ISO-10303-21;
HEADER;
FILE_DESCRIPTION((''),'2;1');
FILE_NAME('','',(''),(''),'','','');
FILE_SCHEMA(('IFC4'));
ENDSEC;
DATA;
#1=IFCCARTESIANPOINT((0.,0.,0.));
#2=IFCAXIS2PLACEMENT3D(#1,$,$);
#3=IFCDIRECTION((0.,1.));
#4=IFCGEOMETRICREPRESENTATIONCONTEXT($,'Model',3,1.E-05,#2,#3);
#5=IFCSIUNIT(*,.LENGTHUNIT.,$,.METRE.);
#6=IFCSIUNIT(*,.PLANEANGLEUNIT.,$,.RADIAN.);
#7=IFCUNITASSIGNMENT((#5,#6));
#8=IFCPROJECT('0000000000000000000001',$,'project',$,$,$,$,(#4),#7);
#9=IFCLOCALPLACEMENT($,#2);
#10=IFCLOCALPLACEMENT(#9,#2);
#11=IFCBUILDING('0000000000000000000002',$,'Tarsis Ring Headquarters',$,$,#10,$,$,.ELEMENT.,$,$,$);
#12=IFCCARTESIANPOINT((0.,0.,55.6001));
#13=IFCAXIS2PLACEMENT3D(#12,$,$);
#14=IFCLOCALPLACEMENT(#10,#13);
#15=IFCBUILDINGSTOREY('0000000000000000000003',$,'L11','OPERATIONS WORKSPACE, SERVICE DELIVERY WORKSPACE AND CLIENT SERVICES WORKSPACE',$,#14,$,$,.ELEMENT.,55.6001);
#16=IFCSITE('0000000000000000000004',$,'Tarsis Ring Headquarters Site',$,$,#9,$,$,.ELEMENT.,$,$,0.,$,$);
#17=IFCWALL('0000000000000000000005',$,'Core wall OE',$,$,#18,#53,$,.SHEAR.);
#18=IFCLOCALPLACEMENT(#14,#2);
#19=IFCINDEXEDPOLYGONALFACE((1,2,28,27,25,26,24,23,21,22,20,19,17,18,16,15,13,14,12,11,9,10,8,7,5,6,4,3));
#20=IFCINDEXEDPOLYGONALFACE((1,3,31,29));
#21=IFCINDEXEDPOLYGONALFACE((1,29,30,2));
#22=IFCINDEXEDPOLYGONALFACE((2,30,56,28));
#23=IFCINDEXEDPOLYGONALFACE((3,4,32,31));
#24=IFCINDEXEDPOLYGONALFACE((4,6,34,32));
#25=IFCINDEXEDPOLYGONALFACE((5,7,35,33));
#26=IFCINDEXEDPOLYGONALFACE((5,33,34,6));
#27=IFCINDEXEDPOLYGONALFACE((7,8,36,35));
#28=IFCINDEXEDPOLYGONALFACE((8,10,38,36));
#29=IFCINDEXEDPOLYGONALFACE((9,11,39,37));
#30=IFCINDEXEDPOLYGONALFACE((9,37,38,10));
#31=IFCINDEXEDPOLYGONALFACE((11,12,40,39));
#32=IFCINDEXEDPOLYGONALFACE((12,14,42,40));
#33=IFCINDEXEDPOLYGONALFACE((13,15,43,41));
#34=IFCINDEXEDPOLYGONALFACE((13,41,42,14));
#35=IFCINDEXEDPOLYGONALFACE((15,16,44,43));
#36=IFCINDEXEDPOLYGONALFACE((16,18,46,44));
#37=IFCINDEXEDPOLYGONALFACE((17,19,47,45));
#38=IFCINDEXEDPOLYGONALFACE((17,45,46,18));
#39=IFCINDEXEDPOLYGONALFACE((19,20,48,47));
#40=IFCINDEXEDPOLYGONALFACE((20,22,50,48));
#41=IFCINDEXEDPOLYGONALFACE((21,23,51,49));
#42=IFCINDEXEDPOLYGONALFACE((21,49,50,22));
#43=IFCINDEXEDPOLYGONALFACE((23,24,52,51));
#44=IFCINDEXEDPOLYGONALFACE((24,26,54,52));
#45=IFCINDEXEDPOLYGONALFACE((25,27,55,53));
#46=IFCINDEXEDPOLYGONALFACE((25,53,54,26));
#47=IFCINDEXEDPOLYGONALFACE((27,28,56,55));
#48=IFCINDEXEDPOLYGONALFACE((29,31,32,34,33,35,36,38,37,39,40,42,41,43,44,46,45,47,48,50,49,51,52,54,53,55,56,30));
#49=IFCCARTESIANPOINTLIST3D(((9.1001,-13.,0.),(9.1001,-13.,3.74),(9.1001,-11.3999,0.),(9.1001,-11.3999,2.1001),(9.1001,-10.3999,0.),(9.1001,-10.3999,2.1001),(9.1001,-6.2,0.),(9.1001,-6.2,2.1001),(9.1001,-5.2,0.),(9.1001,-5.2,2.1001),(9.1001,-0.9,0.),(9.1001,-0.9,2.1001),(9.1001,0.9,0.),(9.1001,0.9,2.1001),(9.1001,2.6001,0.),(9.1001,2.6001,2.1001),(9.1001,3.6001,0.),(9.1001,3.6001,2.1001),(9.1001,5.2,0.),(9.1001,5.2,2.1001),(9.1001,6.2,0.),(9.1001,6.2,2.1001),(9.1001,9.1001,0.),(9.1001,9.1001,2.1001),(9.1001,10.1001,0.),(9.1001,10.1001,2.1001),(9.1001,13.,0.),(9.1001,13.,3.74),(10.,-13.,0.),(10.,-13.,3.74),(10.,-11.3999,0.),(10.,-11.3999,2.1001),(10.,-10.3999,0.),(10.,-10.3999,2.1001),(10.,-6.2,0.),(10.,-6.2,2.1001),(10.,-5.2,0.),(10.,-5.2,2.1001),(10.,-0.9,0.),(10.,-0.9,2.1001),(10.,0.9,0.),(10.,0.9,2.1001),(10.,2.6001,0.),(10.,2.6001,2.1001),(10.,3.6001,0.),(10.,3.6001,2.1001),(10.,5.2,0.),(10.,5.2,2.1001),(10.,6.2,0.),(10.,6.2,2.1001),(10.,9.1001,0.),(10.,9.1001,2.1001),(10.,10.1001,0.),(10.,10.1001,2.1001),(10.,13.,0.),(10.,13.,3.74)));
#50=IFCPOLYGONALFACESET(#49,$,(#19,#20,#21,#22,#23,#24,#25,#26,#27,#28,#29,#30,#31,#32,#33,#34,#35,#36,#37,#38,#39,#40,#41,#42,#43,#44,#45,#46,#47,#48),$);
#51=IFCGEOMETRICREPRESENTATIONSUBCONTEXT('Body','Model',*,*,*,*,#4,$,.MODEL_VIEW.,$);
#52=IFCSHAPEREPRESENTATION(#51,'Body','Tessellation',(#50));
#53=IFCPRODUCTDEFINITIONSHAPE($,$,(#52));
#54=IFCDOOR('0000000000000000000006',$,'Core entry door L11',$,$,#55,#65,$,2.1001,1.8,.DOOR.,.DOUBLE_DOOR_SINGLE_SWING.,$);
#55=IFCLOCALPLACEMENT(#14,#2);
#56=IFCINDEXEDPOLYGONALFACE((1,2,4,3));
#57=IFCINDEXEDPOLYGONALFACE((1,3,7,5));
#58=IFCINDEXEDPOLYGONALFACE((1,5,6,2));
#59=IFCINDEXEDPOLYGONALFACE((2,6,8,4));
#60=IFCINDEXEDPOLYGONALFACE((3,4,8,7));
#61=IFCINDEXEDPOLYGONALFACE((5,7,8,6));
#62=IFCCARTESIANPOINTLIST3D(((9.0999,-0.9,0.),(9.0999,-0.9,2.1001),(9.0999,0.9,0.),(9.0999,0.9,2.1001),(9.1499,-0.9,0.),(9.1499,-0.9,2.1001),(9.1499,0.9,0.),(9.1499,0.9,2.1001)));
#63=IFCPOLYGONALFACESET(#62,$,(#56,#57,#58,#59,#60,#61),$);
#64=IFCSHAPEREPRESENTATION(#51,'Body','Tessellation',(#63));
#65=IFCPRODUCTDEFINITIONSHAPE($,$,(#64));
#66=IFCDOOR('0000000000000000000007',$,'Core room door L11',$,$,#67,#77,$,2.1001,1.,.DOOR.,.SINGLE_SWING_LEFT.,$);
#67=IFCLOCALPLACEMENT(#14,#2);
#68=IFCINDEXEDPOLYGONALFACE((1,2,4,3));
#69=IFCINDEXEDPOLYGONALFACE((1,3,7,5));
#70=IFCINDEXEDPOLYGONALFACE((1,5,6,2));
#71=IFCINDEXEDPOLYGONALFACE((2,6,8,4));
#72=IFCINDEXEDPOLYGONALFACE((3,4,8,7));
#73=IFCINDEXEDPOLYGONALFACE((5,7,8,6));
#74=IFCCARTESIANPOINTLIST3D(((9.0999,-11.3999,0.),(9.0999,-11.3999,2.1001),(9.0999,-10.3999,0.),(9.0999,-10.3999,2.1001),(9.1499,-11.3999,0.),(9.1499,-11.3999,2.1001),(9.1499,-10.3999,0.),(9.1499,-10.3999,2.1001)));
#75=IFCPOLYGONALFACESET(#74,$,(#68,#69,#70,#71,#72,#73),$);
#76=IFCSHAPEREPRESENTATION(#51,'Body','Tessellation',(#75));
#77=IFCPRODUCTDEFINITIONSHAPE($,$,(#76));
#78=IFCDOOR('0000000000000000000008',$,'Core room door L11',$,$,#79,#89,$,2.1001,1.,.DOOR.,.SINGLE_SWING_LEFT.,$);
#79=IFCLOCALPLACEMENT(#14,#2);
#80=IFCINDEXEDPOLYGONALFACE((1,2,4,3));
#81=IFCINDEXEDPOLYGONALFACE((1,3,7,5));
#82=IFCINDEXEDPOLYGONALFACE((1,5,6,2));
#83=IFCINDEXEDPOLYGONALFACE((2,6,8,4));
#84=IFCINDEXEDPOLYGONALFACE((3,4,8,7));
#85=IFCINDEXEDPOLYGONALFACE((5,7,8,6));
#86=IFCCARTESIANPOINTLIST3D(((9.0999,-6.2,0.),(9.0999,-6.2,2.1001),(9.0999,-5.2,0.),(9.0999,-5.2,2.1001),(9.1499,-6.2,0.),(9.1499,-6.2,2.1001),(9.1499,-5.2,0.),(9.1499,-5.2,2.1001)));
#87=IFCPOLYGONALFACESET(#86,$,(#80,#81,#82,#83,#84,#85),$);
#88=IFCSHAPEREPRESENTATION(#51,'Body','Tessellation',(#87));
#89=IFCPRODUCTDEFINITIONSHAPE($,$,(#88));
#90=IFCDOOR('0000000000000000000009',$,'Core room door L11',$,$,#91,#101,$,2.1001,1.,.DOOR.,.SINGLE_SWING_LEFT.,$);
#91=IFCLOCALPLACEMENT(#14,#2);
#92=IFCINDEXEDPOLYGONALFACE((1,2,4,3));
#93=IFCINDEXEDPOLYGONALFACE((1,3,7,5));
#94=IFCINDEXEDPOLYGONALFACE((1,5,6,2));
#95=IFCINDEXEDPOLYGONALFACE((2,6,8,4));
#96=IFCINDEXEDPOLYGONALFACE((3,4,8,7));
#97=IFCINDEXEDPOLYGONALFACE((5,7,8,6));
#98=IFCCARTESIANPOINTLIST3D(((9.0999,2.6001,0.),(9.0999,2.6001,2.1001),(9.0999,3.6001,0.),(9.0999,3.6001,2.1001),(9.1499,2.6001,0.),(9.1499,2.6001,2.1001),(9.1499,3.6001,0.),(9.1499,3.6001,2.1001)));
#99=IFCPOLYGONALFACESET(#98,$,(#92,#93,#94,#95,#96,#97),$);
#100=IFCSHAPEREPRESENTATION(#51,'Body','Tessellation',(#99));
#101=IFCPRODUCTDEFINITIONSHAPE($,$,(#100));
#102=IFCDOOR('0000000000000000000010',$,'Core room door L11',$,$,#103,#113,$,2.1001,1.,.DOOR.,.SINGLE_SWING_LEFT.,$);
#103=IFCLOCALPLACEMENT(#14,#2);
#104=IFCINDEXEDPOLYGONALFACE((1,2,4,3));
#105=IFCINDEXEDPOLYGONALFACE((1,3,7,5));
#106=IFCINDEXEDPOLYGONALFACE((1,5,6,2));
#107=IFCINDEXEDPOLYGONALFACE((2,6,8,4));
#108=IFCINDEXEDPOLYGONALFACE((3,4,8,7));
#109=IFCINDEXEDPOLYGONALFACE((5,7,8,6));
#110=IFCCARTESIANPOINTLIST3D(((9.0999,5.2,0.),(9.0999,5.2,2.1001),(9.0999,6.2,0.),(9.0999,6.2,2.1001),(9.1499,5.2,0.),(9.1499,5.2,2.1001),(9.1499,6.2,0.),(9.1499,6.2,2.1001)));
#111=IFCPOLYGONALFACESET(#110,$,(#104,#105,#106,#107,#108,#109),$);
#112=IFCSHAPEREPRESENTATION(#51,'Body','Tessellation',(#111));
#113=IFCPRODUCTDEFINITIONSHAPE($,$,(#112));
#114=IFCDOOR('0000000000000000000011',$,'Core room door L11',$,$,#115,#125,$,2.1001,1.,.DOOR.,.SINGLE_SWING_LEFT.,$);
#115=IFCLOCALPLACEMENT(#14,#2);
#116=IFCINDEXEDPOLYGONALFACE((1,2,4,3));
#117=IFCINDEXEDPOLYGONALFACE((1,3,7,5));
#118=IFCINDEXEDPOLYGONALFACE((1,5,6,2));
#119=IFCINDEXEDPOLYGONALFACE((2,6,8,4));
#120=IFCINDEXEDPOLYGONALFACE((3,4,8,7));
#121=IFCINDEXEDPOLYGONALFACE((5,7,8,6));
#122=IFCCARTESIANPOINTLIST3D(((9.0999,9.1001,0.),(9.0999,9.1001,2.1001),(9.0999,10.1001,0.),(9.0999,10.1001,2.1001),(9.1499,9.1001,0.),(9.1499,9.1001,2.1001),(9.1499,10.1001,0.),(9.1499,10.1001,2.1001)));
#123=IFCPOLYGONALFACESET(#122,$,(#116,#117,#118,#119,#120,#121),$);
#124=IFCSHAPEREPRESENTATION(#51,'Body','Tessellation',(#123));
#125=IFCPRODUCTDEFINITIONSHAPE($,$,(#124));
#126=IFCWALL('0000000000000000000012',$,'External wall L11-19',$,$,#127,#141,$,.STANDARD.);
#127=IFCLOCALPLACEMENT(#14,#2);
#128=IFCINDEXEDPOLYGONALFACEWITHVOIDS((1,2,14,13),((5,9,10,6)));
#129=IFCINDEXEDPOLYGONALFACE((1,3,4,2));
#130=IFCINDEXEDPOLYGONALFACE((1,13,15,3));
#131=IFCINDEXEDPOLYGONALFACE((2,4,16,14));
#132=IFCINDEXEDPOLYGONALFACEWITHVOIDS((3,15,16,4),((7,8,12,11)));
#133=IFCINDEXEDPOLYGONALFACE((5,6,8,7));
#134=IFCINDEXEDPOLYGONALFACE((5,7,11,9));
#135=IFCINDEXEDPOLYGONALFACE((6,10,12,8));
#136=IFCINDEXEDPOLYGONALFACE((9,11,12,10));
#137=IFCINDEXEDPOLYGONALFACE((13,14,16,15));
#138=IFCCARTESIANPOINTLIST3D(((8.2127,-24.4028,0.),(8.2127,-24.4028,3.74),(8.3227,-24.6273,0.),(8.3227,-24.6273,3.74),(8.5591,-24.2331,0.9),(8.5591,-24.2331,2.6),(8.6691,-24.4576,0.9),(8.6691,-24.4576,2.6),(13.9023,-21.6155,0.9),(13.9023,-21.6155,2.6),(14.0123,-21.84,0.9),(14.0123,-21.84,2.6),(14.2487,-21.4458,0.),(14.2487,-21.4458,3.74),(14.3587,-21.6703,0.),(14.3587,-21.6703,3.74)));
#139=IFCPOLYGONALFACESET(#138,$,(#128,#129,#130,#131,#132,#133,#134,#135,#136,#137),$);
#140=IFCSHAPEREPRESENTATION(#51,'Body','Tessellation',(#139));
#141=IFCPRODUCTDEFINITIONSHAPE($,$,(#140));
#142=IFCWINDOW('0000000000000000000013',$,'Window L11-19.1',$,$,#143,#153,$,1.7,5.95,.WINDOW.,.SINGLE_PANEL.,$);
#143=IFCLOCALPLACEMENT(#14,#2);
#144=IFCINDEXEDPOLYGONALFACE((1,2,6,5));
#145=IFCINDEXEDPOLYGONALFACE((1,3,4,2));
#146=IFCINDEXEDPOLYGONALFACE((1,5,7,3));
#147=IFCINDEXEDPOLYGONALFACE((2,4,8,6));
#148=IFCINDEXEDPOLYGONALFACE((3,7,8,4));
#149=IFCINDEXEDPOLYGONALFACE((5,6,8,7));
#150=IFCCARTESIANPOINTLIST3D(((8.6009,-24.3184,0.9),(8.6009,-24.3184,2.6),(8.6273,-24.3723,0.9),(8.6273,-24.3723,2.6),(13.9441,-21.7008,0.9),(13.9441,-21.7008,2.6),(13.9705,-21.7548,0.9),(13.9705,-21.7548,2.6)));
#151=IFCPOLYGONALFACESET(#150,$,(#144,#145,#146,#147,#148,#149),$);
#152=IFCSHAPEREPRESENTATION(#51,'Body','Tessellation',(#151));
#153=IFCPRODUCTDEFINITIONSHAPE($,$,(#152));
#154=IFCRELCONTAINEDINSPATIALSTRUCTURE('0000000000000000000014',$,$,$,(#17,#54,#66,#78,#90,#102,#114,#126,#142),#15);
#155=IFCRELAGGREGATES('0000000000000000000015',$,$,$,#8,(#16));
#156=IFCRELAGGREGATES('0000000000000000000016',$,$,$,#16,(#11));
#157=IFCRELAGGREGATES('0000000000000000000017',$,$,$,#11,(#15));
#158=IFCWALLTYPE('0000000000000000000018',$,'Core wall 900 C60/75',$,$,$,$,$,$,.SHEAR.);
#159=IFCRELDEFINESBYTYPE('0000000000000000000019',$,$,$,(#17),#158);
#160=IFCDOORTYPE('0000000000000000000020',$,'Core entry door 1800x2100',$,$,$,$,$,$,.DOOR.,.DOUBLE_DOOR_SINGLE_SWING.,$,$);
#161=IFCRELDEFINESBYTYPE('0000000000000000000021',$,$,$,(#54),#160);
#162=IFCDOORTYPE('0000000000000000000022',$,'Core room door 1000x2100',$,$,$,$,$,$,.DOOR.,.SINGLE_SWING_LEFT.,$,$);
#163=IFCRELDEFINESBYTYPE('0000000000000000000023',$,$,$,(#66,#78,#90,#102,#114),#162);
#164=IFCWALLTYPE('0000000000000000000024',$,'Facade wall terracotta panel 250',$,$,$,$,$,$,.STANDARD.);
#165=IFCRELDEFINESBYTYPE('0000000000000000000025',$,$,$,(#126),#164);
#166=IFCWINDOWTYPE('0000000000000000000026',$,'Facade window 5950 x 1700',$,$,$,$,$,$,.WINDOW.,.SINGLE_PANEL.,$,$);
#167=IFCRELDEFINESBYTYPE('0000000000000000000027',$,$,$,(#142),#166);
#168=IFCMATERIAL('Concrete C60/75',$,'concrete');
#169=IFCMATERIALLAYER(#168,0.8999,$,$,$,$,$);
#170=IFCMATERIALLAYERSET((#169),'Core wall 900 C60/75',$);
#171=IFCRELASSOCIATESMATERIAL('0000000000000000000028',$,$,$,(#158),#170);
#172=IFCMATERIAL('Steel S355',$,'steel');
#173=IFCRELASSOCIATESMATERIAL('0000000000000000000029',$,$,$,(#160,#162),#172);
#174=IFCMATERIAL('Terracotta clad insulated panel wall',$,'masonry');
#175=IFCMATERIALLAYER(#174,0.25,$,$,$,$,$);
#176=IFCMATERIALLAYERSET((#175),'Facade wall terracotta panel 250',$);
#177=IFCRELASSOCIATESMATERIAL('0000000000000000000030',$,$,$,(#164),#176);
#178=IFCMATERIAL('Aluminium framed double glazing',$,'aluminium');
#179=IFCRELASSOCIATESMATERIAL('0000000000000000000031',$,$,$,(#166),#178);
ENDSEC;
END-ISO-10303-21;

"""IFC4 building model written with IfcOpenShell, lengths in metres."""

from ifc_helpers import new_model, si_unit, direction, frame, frame_2d, origin, place, context, subcontext, project, spatial, rectangle, extrude, material, layer, layer_set, type_object, element, fill, save


model = new_model("IFC4")

# Units and contexts
model_context = context("Model", 3, precision=1e-05, world=origin(), true_north=direction((0.0, 1.0)))
body_context = subcontext(model_context, "Body", "Model", "MODEL_VIEW")
ifc_project = project(units=[si_unit("LENGTHUNIT", "METRE"), si_unit("PLANEANGLEUNIT", "RADIAN")], contexts=[model_context])

# Site, building, storey
site_placement = place(None, origin())
site = spatial("IfcSite", under=ifc_project, at=site_placement, Name="Tarsis Ring Headquarters Site", CompositionType="ELEMENT", RefElevation=0.0)
building_placement = place(site_placement, origin())
building = spatial("IfcBuilding", under=site, at=building_placement, Name="Tarsis Ring Headquarters", CompositionType="ELEMENT")
storey_placement = place(building_placement, frame((0.0, 0.0, 55.6001)))
storey = spatial("IfcBuildingStorey", under=building, at=storey_placement, Name="L11", Description="OPERATIONS WORKSPACE, SERVICE DELIVERY WORKSPACE AND CLIENT SERVICES WORKSPACE", CompositionType="ELEMENT", Elevation=55.6001)

# Wall, openings, doors
ifc_material_1 = material(Name="Concrete C60/75", Category="concrete")
ifc_layer_1 = layer(ifc_material_1, 0.8999)
ifc_layer_set_1 = layer_set([ifc_layer_1], Name="Core wall 900 C60/75")
wall_type_1 = type_object("IfcWallType", Name="Core wall 900 C60/75", PredefinedType="SHEAR", material=ifc_layer_set_1)
wall_1_placement = place(storey_placement, frame((9.55, -13.0, 0.0), z_axis=(0.0, 0.0, 1.0), x_axis=(0.0, 1.0, 0.0)))
wall_1 = element("IfcWall", 1, at=wall_1_placement, inside=storey, type_object=wall_type_1, Name="Core wall OE", PredefinedType="SHEAR", context=body_context, shape_type="SweptSolid", body=[
    extrude(rectangle(XDim=26.0, YDim=0.8999, at=frame_2d((13.0, 0.0))), origin(), (0.0, 0.0, 1.0), 3.74),
])
opening_1_placement = place(wall_1_placement, frame((1.6001, 0.0, 0.0)))
opening_1 = element("IfcOpeningElement", 2, at=opening_1_placement, cuts=wall_1, PredefinedType="OPENING", context=body_context, shape_type="SweptSolid", body=[
    extrude(rectangle(XDim=1.0, YDim=2.1001, at=frame_2d((0.5, 1.05))), frame((0.0, 0.46, 0.0), z_axis=(0.0, -1.0, 0.0), x_axis=(1.0, 0.0, 0.0)), (0.0, 0.0, 1.0), 0.9199),
])
opening_2_placement = place(wall_1_placement, frame((6.8, 0.0, 0.0)))
opening_2 = element("IfcOpeningElement", 3, at=opening_2_placement, cuts=wall_1, PredefinedType="OPENING", context=body_context, shape_type="SweptSolid", body=[
    extrude(rectangle(XDim=1.0, YDim=2.1001, at=frame_2d((0.5, 1.05))), frame((0.0, 0.46, 0.0), z_axis=(0.0, -1.0, 0.0), x_axis=(1.0, 0.0, 0.0)), (0.0, 0.0, 1.0), 0.9199),
])
opening_3_placement = place(wall_1_placement, frame((12.1001, 0.0, 0.0)))
opening_3 = element("IfcOpeningElement", 4, at=opening_3_placement, cuts=wall_1, PredefinedType="OPENING", context=body_context, shape_type="SweptSolid", body=[
    extrude(rectangle(XDim=1.8, YDim=2.1001, at=frame_2d((0.8999, 1.05))), frame((0.0, 0.46, 0.0), z_axis=(0.0, -1.0, 0.0), x_axis=(1.0, 0.0, 0.0)), (0.0, 0.0, 1.0), 0.9199),
])
opening_4_placement = place(wall_1_placement, frame((15.6001, 0.0, 0.0)))
opening_4 = element("IfcOpeningElement", 5, at=opening_4_placement, cuts=wall_1, PredefinedType="OPENING", context=body_context, shape_type="SweptSolid", body=[
    extrude(rectangle(XDim=1.0, YDim=2.1001, at=frame_2d((0.5, 1.05))), frame((0.0, 0.46, 0.0), z_axis=(0.0, -1.0, 0.0), x_axis=(1.0, 0.0, 0.0)), (0.0, 0.0, 1.0), 0.9199),
])
opening_5_placement = place(wall_1_placement, frame((18.2, 0.0, 0.0)))
opening_5 = element("IfcOpeningElement", 6, at=opening_5_placement, cuts=wall_1, PredefinedType="OPENING", context=body_context, shape_type="SweptSolid", body=[
    extrude(rectangle(XDim=1.0, YDim=2.1001, at=frame_2d((0.5, 1.05))), frame((0.0, 0.46, 0.0), z_axis=(0.0, -1.0, 0.0), x_axis=(1.0, 0.0, 0.0)), (0.0, 0.0, 1.0), 0.9199),
])
opening_6_placement = place(wall_1_placement, frame((22.1001, 0.0, 0.0)))
opening_6 = element("IfcOpeningElement", 7, at=opening_6_placement, cuts=wall_1, PredefinedType="OPENING", context=body_context, shape_type="SweptSolid", body=[
    extrude(rectangle(XDim=1.0, YDim=2.1001, at=frame_2d((0.5, 1.05))), frame((0.0, 0.46, 0.0), z_axis=(0.0, -1.0, 0.0), x_axis=(1.0, 0.0, 0.0)), (0.0, 0.0, 1.0), 0.9199),
])
ifc_material_2 = material(Name="Steel S355", Category="steel")
door_type_1 = type_object("IfcDoorType", Name="Core entry door 1800x2100", OperationType="DOUBLE_DOOR_SINGLE_SWING", PredefinedType="DOOR", material=ifc_material_2)
door_1_placement = place(opening_3_placement, origin())
door_1 = element("IfcDoor", 8, at=door_1_placement, inside=storey, type_object=door_type_1, Name="Core entry door L11", OperationType="DOUBLE_DOOR_SINGLE_SWING", OverallHeight=2.1001, OverallWidth=1.8, PredefinedType="DOOR", context=body_context, shape_type="SweptSolid", body=[
    extrude(rectangle(XDim=1.8, YDim=2.1001, at=frame_2d((0.8999, 1.05))), frame((0.0, 0.4502, 0.0), z_axis=(0.0, -1.0, 0.0), x_axis=(1.0, 0.0, 0.0)), (0.0, 0.0, 1.0), 0.05),
])
fill(opening_3, door_1)
door_type_2 = type_object("IfcDoorType", Name="Core room door 1000x2100", OperationType="SINGLE_SWING_LEFT", PredefinedType="DOOR", material=ifc_material_2)
door_2_placement = place(opening_1_placement, origin())
door_2 = element("IfcDoor", 9, at=door_2_placement, inside=storey, type_object=door_type_2, Name="Core room door L11", OperationType="SINGLE_SWING_LEFT", OverallHeight=2.1001, OverallWidth=1.0, PredefinedType="DOOR", context=body_context, shape_type="SweptSolid", body=[
    extrude(rectangle(XDim=1.0, YDim=2.1001, at=frame_2d((0.5, 1.05))), frame((0.0, 0.4502, 0.0), z_axis=(0.0, -1.0, 0.0), x_axis=(1.0, 0.0, 0.0)), (0.0, 0.0, 1.0), 0.05),
])
fill(opening_1, door_2)
door_3_placement = place(opening_2_placement, origin())
door_3 = element("IfcDoor", 10, at=door_3_placement, inside=storey, type_object=door_type_2, Name="Core room door L11", OperationType="SINGLE_SWING_LEFT", OverallHeight=2.1001, OverallWidth=1.0, PredefinedType="DOOR", context=body_context, shape_type="SweptSolid", body=[
    extrude(rectangle(XDim=1.0, YDim=2.1001, at=frame_2d((0.5, 1.05))), frame((0.0, 0.4502, 0.0), z_axis=(0.0, -1.0, 0.0), x_axis=(1.0, 0.0, 0.0)), (0.0, 0.0, 1.0), 0.05),
])
fill(opening_2, door_3)
door_4_placement = place(opening_4_placement, origin())
door_4 = element("IfcDoor", 11, at=door_4_placement, inside=storey, type_object=door_type_2, Name="Core room door L11", OperationType="SINGLE_SWING_LEFT", OverallHeight=2.1001, OverallWidth=1.0, PredefinedType="DOOR", context=body_context, shape_type="SweptSolid", body=[
    extrude(rectangle(XDim=1.0, YDim=2.1001, at=frame_2d((0.5, 1.05))), frame((0.0, 0.4502, 0.0), z_axis=(0.0, -1.0, 0.0), x_axis=(1.0, 0.0, 0.0)), (0.0, 0.0, 1.0), 0.05),
])
fill(opening_4, door_4)
door_5_placement = place(opening_5_placement, origin())
door_5 = element("IfcDoor", 12, at=door_5_placement, inside=storey, type_object=door_type_2, Name="Core room door L11", OperationType="SINGLE_SWING_LEFT", OverallHeight=2.1001, OverallWidth=1.0, PredefinedType="DOOR", context=body_context, shape_type="SweptSolid", body=[
    extrude(rectangle(XDim=1.0, YDim=2.1001, at=frame_2d((0.5, 1.05))), frame((0.0, 0.4502, 0.0), z_axis=(0.0, -1.0, 0.0), x_axis=(1.0, 0.0, 0.0)), (0.0, 0.0, 1.0), 0.05),
])
fill(opening_5, door_5)
door_6_placement = place(opening_6_placement, origin())
door_6 = element("IfcDoor", 13, at=door_6_placement, inside=storey, type_object=door_type_2, Name="Core room door L11", OperationType="SINGLE_SWING_LEFT", OverallHeight=2.1001, OverallWidth=1.0, PredefinedType="DOOR", context=body_context, shape_type="SweptSolid", body=[
    extrude(rectangle(XDim=1.0, YDim=2.1001, at=frame_2d((0.5, 1.05))), frame((0.0, 0.4502, 0.0), z_axis=(0.0, -1.0, 0.0), x_axis=(1.0, 0.0, 0.0)), (0.0, 0.0, 1.0), 0.05),
])
fill(opening_6, door_6)

# Wall, opening, window
ifc_material_3 = material(Name="Terracotta clad insulated panel wall", Category="masonry")
ifc_layer_2 = layer(ifc_material_3, 0.25)
ifc_layer_set_2 = layer_set([ifc_layer_2], Name="Facade wall terracotta panel 250")
wall_type_2 = type_object("IfcWallType", Name="Facade wall terracotta panel 250", PredefinedType="STANDARD", material=ifc_layer_set_2)
wall_2_placement = place(storey_placement, frame((8.2676, -24.5151, 0.0), z_axis=(0.0, 0.0, 1.0), x_axis=(0.89803, 0.439934, 0.0)))
wall_2 = element("IfcWall", 14, at=wall_2_placement, inside=storey, type_object=wall_type_2, Name="External wall L11-19", PredefinedType="STANDARD", context=body_context, shape_type="SweptSolid", body=[
    extrude(rectangle(XDim=6.7214, YDim=0.25, at=frame_2d((3.3608, 0.0))), origin(), (0.0, 0.0, 1.0), 3.74),
])
opening_7_placement = place(wall_2_placement, frame((0.3857, 0.0, 0.8999)))
opening_7 = element("IfcOpeningElement", 15, at=opening_7_placement, cuts=wall_2, PredefinedType="OPENING", context=body_context, shape_type="SweptSolid", body=[
    extrude(rectangle(XDim=5.95, YDim=1.7, at=frame_2d((2.9751, 0.8501))), frame((0.0, 0.135, 0.0), z_axis=(0.0, -1.0, 0.0), x_axis=(1.0, 0.0, 0.0)), (0.0, 0.0, 1.0), 0.27),
])
ifc_material_4 = material(Name="Aluminium framed double glazing", Category="aluminium")
window_type = type_object("IfcWindowType", Name="Facade window 5950 x 1700", PartitioningType="SINGLE_PANEL", PredefinedType="WINDOW", material=ifc_material_4)
window_placement = place(opening_7_placement, origin())
window = element("IfcWindow", 16, at=window_placement, inside=storey, type_object=window_type, Name="Window L11-19.1", OverallHeight=1.7, OverallWidth=5.95, PartitioningType="SINGLE_PANEL", PredefinedType="WINDOW", context=body_context, shape_type="SweptSolid", body=[
    extrude(rectangle(XDim=5.95, YDim=1.7, at=frame_2d((2.9751, 0.8501))), frame((0.0, 0.03, 0.0), z_axis=(0.0, -1.0, 0.0), x_axis=(1.0, 0.0, 0.0)), (0.0, 0.0, 1.0), 0.0601),
])
fill(opening_7, window)

save(model, "model.ifc")
